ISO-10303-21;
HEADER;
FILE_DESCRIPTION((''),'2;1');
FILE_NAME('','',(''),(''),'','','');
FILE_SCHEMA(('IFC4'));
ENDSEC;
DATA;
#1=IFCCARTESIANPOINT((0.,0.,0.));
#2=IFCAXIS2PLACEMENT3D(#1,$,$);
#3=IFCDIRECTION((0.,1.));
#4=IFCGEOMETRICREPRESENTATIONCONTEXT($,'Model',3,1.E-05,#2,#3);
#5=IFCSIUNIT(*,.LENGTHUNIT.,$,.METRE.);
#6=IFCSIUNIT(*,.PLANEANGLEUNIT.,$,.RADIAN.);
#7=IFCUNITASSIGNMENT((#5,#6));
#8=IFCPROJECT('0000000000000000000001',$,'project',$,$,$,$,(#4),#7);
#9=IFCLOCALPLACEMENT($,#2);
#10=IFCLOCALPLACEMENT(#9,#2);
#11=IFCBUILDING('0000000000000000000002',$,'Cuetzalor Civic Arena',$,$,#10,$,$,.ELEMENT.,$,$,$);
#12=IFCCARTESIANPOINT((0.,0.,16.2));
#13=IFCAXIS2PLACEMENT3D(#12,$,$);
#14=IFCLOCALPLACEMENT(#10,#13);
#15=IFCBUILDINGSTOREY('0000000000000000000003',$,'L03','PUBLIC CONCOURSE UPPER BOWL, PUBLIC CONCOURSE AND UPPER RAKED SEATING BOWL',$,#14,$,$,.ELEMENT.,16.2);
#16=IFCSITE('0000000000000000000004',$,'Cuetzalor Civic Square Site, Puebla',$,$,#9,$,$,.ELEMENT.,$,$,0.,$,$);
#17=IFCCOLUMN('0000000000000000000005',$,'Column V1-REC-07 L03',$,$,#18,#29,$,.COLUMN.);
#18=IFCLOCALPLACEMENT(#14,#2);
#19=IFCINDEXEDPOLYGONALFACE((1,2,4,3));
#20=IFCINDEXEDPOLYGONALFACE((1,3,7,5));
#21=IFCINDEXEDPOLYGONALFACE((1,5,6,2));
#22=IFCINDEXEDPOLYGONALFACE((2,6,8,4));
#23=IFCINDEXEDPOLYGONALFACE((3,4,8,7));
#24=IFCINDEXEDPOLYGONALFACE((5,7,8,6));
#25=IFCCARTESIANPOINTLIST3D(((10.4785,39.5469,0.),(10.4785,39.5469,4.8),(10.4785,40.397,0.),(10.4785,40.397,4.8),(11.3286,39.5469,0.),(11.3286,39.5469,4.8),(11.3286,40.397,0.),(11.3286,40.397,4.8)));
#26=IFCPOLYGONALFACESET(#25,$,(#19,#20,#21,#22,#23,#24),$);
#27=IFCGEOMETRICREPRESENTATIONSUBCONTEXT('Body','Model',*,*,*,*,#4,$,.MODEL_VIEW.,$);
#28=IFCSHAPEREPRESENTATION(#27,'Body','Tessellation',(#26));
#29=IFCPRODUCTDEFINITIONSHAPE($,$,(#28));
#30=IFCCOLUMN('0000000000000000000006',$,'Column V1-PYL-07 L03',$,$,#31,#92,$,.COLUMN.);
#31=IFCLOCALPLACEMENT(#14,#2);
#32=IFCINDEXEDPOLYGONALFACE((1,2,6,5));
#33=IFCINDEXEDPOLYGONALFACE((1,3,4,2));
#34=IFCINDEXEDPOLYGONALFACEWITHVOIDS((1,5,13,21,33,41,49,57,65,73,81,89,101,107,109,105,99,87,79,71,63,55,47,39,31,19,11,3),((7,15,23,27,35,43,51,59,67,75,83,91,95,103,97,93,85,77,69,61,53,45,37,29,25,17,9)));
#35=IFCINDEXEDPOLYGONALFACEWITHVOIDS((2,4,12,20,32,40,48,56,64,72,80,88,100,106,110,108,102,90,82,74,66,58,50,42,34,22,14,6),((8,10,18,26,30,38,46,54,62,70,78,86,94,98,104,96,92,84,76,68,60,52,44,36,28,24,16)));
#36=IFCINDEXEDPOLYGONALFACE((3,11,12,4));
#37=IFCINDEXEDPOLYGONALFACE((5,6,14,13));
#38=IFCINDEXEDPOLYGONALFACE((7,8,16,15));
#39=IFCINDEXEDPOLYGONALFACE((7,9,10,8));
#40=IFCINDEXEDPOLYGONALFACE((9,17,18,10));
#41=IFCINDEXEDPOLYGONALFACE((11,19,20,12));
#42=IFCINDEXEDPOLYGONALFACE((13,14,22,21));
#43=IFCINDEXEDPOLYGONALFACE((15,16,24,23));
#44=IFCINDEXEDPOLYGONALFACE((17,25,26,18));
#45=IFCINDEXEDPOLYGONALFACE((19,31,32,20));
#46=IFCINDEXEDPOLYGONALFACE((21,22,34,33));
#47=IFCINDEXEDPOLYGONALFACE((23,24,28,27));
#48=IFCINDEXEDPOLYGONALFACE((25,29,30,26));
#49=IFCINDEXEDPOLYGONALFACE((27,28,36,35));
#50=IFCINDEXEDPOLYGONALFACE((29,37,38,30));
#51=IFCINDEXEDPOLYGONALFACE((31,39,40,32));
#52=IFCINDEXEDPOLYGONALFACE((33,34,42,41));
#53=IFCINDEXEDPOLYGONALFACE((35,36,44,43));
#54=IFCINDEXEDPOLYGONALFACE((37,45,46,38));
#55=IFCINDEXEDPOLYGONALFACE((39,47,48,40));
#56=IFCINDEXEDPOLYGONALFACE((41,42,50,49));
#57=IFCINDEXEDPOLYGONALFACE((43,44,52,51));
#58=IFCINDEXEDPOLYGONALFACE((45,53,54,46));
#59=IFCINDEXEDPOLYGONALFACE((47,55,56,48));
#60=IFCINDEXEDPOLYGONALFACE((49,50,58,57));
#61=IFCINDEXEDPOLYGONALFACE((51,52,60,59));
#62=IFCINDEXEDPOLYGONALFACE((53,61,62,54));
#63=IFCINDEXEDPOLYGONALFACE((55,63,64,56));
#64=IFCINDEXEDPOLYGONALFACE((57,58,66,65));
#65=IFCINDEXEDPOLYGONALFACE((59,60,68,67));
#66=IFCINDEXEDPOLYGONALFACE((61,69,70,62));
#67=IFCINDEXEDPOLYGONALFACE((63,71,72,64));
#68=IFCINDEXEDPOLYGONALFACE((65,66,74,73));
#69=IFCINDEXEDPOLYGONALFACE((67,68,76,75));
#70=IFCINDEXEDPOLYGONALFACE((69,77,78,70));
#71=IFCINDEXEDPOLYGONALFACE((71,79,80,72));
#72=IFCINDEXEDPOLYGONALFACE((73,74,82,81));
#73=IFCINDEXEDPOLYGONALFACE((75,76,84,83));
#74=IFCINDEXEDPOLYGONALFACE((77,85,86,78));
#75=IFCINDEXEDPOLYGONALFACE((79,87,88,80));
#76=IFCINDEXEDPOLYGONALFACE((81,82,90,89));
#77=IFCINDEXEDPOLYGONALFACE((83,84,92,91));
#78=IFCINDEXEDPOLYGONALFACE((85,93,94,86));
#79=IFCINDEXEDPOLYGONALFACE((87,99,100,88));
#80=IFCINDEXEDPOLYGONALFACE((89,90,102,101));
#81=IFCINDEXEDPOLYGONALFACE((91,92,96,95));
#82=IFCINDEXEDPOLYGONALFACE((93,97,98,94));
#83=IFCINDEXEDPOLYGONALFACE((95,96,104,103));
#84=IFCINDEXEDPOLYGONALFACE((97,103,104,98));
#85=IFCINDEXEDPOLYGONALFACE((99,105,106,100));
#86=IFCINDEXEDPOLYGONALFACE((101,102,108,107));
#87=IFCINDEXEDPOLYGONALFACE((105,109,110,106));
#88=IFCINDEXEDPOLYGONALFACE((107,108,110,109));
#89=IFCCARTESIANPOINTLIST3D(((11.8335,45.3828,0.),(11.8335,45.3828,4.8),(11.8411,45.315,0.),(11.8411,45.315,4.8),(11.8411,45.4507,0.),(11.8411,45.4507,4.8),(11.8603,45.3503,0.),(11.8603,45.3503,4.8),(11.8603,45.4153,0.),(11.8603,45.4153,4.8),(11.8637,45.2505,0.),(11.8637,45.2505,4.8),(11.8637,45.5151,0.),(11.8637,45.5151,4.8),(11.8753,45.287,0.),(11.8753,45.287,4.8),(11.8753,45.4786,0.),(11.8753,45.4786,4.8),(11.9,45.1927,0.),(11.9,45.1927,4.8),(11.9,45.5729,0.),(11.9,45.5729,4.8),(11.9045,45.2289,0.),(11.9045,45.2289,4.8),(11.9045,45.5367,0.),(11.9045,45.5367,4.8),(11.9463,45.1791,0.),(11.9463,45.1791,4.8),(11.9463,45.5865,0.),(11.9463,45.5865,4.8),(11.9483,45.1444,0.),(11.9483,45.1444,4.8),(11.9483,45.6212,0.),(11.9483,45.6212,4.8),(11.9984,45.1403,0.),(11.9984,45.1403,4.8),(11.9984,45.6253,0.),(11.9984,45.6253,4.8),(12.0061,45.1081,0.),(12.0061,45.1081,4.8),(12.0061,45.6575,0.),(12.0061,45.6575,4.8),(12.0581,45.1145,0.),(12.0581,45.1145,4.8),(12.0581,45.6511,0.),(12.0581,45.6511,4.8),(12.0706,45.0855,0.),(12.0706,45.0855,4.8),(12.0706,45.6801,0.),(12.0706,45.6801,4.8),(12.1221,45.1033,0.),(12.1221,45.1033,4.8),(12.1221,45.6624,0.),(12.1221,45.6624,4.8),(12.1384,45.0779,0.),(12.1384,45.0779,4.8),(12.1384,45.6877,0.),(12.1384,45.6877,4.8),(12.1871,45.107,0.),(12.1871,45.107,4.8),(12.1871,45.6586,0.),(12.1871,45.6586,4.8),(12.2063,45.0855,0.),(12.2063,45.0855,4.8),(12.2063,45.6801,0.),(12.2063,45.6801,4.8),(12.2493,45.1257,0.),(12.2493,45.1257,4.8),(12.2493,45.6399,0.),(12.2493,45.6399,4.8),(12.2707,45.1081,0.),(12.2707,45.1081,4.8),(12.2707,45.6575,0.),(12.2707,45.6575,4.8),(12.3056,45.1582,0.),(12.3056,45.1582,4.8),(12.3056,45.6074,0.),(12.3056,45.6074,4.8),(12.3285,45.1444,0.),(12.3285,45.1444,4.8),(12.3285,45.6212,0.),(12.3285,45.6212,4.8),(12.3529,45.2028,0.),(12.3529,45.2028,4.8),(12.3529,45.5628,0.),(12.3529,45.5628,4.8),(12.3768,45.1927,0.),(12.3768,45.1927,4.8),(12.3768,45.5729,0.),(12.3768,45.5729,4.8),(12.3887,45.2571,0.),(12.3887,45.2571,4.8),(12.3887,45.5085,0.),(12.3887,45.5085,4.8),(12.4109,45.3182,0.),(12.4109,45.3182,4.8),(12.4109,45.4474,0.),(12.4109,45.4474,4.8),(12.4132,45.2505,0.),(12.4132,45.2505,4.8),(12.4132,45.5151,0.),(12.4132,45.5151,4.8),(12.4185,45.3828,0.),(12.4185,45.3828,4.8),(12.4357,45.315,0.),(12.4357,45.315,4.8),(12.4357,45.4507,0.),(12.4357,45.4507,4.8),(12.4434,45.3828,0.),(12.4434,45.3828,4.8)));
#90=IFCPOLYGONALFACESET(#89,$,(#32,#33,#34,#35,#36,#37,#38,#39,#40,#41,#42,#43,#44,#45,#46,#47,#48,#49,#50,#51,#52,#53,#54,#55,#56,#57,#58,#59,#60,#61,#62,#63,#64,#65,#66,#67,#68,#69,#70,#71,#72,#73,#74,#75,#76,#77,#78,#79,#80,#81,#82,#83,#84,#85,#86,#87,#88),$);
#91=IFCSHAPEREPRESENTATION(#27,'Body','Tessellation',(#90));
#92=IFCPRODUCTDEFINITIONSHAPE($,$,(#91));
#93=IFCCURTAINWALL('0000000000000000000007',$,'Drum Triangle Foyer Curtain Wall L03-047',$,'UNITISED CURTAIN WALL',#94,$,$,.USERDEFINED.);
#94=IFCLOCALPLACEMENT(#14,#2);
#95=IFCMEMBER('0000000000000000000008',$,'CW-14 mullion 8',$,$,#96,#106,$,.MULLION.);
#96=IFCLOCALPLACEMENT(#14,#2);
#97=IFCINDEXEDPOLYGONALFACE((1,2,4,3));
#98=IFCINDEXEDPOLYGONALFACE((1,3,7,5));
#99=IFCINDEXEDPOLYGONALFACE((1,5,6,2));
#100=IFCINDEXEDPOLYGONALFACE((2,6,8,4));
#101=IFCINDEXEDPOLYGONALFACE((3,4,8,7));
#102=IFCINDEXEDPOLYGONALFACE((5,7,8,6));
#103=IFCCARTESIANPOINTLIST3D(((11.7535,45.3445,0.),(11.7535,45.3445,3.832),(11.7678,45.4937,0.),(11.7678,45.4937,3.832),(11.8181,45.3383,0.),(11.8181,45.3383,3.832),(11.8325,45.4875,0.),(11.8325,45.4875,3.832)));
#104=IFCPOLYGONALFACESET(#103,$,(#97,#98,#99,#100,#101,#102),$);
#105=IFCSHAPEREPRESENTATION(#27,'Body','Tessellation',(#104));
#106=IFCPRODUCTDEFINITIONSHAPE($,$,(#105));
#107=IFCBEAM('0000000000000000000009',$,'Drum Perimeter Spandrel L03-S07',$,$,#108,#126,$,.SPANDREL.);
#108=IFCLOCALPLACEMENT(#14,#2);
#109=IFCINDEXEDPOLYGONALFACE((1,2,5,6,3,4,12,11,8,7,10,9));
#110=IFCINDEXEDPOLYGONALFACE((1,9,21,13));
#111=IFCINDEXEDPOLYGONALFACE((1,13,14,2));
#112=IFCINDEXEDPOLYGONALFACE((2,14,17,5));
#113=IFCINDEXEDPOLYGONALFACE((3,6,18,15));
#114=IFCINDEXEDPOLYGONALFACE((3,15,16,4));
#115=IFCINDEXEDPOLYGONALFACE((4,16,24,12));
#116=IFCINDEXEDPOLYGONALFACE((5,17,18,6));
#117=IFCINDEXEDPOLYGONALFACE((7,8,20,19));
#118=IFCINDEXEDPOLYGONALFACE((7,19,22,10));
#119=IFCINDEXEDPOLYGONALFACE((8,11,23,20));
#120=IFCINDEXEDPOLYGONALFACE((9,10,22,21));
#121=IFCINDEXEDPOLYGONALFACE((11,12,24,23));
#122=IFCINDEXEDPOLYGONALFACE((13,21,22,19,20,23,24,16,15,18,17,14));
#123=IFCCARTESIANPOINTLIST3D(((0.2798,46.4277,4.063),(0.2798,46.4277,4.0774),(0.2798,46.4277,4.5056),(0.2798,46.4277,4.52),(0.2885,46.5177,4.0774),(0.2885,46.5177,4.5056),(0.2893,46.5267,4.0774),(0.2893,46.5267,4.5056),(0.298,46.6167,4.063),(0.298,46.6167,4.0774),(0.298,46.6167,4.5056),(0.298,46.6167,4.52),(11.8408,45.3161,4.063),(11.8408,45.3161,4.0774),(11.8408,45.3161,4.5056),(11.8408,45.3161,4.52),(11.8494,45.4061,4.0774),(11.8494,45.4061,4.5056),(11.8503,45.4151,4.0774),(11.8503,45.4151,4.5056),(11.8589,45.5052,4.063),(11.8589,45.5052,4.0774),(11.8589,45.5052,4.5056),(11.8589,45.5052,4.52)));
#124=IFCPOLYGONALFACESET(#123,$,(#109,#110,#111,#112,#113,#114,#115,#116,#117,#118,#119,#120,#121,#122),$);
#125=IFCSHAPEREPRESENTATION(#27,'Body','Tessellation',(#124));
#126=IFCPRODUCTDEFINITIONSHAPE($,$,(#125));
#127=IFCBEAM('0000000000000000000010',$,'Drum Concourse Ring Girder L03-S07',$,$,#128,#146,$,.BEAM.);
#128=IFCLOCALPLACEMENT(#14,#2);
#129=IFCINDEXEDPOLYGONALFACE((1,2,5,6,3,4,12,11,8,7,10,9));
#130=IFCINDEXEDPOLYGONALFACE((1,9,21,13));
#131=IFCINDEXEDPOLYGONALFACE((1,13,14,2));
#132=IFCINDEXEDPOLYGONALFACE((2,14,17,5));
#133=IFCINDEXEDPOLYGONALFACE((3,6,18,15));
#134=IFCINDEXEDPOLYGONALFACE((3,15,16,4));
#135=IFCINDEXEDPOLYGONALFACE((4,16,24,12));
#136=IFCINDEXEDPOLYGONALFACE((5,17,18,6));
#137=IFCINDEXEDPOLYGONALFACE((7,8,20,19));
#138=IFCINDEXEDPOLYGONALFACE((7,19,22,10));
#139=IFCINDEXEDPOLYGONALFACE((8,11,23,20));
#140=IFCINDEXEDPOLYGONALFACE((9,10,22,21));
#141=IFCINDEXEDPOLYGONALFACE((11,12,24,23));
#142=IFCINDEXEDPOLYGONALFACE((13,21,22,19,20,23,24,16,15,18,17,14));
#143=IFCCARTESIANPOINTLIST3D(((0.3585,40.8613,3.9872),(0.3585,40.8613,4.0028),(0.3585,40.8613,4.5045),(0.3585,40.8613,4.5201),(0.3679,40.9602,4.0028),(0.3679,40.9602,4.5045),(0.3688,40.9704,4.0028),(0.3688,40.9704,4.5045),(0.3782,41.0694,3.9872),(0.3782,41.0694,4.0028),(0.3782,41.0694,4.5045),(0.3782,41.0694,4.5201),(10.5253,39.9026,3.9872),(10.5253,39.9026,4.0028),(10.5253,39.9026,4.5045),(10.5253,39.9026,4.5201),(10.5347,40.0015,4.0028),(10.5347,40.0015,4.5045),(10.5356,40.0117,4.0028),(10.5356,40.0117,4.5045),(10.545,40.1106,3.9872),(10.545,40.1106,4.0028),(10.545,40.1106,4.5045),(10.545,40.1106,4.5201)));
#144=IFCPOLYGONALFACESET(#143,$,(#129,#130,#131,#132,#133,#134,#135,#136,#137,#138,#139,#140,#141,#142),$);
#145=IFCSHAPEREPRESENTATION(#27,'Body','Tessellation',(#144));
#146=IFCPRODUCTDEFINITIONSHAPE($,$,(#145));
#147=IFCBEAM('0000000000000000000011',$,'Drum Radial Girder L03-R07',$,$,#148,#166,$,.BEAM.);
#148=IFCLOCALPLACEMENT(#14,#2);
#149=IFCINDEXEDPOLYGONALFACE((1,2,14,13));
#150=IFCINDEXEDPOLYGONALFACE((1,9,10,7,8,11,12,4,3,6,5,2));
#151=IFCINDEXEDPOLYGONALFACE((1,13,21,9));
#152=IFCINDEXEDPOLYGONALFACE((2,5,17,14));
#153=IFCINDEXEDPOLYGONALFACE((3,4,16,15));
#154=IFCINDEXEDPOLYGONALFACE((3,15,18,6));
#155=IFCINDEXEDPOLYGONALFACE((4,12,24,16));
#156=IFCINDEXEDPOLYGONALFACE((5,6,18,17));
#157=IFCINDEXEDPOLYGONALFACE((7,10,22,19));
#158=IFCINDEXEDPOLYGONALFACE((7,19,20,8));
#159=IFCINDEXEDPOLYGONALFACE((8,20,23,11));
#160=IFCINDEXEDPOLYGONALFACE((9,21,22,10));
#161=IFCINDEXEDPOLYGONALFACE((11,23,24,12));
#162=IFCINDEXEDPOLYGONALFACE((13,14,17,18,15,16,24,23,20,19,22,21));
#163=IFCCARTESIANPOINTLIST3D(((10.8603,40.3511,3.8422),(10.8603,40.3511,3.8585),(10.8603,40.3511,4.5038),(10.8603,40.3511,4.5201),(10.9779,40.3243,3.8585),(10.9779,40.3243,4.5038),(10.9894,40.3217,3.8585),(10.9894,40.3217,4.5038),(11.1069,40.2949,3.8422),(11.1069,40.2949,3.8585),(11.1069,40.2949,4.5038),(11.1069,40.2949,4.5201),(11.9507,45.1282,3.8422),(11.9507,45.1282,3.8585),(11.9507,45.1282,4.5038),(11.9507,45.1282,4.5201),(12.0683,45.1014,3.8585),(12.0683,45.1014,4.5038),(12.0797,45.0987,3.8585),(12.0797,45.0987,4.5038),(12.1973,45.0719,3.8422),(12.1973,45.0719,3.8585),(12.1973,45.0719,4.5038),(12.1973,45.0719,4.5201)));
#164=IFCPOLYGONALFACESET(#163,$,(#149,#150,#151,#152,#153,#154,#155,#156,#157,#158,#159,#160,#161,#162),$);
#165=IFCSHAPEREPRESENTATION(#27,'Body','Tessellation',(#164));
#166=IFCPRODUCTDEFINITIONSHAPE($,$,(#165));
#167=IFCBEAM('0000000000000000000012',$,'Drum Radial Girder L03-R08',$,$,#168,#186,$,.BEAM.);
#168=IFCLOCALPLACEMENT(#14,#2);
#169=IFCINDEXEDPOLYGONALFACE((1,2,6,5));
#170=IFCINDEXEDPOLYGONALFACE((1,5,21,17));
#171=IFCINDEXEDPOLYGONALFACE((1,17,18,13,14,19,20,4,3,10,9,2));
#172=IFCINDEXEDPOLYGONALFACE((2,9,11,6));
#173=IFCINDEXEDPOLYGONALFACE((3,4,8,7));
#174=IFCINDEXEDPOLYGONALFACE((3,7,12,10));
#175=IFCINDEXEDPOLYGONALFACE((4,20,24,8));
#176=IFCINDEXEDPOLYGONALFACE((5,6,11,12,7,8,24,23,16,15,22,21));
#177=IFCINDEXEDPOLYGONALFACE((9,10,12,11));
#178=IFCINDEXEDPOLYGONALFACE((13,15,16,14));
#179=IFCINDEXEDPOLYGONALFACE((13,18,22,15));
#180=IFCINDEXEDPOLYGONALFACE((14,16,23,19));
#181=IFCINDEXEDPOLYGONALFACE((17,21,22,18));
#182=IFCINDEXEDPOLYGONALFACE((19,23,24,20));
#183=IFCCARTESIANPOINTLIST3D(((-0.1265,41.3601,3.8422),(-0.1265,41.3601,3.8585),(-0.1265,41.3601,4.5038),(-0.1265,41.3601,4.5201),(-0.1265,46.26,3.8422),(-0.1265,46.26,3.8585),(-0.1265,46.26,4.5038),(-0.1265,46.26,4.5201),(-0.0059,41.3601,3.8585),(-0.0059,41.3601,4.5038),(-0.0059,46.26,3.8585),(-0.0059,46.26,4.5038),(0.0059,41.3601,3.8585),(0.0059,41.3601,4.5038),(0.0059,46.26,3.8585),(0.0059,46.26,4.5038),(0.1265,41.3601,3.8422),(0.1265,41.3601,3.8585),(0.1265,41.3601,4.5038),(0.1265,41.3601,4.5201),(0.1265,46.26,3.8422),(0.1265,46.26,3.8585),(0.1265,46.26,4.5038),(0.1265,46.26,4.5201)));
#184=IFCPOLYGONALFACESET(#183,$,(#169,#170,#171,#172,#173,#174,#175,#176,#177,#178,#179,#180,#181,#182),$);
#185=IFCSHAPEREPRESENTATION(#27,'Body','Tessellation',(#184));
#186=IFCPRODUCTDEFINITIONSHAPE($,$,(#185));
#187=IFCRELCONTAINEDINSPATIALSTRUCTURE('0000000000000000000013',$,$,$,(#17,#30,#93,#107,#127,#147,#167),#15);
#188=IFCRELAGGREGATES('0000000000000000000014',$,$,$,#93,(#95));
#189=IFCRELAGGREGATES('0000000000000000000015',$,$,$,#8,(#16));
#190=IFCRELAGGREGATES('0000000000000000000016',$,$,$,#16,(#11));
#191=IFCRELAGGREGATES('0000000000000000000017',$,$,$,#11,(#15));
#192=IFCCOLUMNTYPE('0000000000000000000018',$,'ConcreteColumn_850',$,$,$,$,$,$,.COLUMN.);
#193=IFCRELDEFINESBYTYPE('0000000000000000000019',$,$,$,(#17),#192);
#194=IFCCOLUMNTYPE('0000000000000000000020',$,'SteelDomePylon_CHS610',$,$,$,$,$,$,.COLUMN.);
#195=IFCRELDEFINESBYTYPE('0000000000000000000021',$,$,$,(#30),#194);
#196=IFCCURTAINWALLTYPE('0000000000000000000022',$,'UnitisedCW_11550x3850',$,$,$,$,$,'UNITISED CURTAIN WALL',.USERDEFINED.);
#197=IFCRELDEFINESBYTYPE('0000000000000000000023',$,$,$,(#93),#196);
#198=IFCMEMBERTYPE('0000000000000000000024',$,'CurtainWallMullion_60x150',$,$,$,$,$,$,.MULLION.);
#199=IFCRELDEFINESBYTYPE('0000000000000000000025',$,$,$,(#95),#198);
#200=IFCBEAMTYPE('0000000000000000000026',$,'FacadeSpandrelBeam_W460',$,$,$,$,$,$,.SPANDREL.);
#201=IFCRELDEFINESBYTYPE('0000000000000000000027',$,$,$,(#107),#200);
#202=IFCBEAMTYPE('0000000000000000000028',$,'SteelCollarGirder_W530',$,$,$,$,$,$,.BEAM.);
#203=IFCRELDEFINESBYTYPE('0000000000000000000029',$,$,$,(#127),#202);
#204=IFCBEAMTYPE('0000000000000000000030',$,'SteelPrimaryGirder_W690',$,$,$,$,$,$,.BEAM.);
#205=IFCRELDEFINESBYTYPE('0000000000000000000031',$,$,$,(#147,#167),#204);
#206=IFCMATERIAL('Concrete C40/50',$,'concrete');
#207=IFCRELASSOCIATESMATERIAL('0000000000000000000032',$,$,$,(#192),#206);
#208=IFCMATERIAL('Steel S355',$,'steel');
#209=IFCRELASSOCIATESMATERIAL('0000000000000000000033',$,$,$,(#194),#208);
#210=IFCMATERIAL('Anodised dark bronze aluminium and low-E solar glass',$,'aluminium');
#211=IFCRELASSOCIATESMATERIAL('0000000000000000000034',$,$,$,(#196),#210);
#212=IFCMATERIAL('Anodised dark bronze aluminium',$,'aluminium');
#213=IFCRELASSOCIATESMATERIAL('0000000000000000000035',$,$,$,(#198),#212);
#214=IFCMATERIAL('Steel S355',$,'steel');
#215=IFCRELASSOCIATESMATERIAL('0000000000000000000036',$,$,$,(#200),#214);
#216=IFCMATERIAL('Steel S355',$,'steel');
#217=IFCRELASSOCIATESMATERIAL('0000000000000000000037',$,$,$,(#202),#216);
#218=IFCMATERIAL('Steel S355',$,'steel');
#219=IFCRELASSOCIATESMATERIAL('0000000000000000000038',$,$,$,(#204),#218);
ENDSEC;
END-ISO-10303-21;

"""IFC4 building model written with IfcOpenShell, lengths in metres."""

from ifc_helpers import new_model, si_unit, direction, frame, origin, origin_2d, place, context, subcontext, project, spatial, rectangle, hollow_circle, i_section, extrude, material, material_profile, profile_set, type_object, element, aggregate, save


model = new_model("IFC4")

# Units and contexts
model_context = context("Model", 3, precision=1e-05, world=origin(), true_north=direction((0.0, 1.0)))
body_context = subcontext(model_context, "Body", "Model", "MODEL_VIEW")
ifc_project = project(units=[si_unit("LENGTHUNIT", "METRE"), si_unit("PLANEANGLEUNIT", "RADIAN")], contexts=[model_context])

# Site, building, storey
site_placement = place(None, origin())
site = spatial("IfcSite", under=ifc_project, at=site_placement, Name="Cuetzalor Civic Square Site, Puebla", CompositionType="ELEMENT", RefElevation=0.0)
building_placement = place(site_placement, origin())
building = spatial("IfcBuilding", under=site, at=building_placement, Name="Cuetzalor Civic Arena", CompositionType="ELEMENT")
storey_placement = place(building_placement, frame((0.0, 0.0, 16.2)))
storey = spatial("IfcBuildingStorey", under=building, at=storey_placement, Name="L03", Description="PUBLIC CONCOURSE UPPER BOWL, PUBLIC CONCOURSE AND UPPER RAKED SEATING BOWL", CompositionType="ELEMENT", Elevation=16.2)

# Columns
ifc_material_1 = material(Name="Concrete C40/50", Category="concrete")
ifc_material_profile_1 = material_profile(ifc_material_1, rectangle(XDim=0.8501, YDim=0.8501, at=origin_2d()), Name="RC 850x850")
ifc_profile_set_1 = profile_set([ifc_material_profile_1], Name="Concrete C40/50")
column_type_1 = type_object("IfcColumnType", Name="ConcreteColumn_850", PredefinedType="COLUMN", material=ifc_profile_set_1)
column_1_placement = place(storey_placement, frame((10.9036, 39.9719, 0.0), z_axis=(0.0, 0.0, 1.0), x_axis=(1.0, 0.0, 0.0)))
element("IfcColumn", 1, at=column_1_placement, inside=storey, type_object=column_type_1, Name="Column V1-REC-07 L03", PredefinedType="COLUMN", context=body_context, shape_type="SweptSolid", body=[
    extrude(rectangle(XDim=0.8501, YDim=0.8501, at=origin_2d()), origin(), (0.0, 0.0, 1.0), 4.8),
])
ifc_material_2 = material(Name="Steel S355", Category="steel")
ifc_material_profile_2 = material_profile(ifc_material_2, hollow_circle(Radius=0.3049, WallThickness=0.0249, at=origin_2d()), Name="CHS 610x25")
ifc_profile_set_2 = profile_set([ifc_material_profile_2], Name="Steel S355")
column_type_2 = type_object("IfcColumnType", Name="SteelDomePylon_CHS610", PredefinedType="COLUMN", material=ifc_profile_set_2)
column_2_placement = place(storey_placement, frame((12.1384, 45.3828, 0.0), z_axis=(0.0, 0.0, 1.0), x_axis=(1.0, 0.0, 0.0)))
element("IfcColumn", 2, at=column_2_placement, inside=storey, type_object=column_type_2, Name="Column V1-PYL-07 L03", PredefinedType="COLUMN", context=body_context, shape_type="SweptSolid", body=[
    extrude(hollow_circle(Radius=0.3049, WallThickness=0.0249, at=origin_2d()), origin(), (0.0, 0.0, 1.0), 4.8),
])

# Curtain wall, member
ifc_material_3 = material(Name="Anodised dark bronze aluminium and low-E solar glass", Category="aluminium")
curtain_wall_type = type_object("IfcCurtainWallType", Name="UnitisedCW_11550x3850", ElementType="UNITISED CURTAIN WALL", PredefinedType="USERDEFINED", material=ifc_material_3)
curtain_wall_placement = place(storey_placement, origin())
curtain_wall = element("IfcCurtainWall", 3, at=curtain_wall_placement, inside=storey, type_object=curtain_wall_type, Name="Drum Triangle Foyer Curtain Wall L03-047", ObjectType="UNITISED CURTAIN WALL", PredefinedType="USERDEFINED")
ifc_material_4 = material(Name="Anodised dark bronze aluminium", Category="aluminium")
ifc_material_profile_3 = material_profile(ifc_material_4, rectangle(XDim=0.0649, YDim=0.1499, at=origin_2d()), Name="ALU MULLION 65x150")
ifc_profile_set_3 = profile_set([ifc_material_profile_3], Name="Anodised dark bronze aluminium")
member_type = type_object("IfcMemberType", Name="CurtainWallMullion_60x150", PredefinedType="MULLION", material=ifc_profile_set_3)
member_placement = place(storey_placement, frame((11.793, 45.416, 0.0), z_axis=(0.0, 0.0, 1.0), x_axis=(0.995409, -0.095711, 0.0)))
member = element("IfcMember", 4, at=member_placement, type_object=member_type, Name="CW-14 mullion 8", PredefinedType="MULLION", context=body_context, shape_type="SweptSolid", body=[
    extrude(rectangle(XDim=0.0649, YDim=0.1499, at=origin_2d()), origin(), (0.0, 0.0, 1.0), 3.832),
])

# Beams
ifc_material_5 = material(Name="Steel S355", Category="steel")
ifc_material_profile_4 = material_profile(ifc_material_5, i_section(OverallWidth=0.1899, OverallDepth=0.457, WebThickness=0.009, FlangeThickness=0.0144, at=origin_2d()), Name="W460x74")
ifc_profile_set_4 = profile_set([ifc_material_profile_4], Name="Steel S355")
beam_type_1 = type_object("IfcBeamType", Name="FacadeSpandrelBeam_W460", PredefinedType="SPANDREL", material=ifc_profile_set_4)
beam_1_placement = place(storey_placement, frame((11.8499, 45.4106, 4.2915), z_axis=(-0.99541, 0.095707, 0.0), x_axis=(-0.095707, -0.99541, 0.0)))
element("IfcBeam", 5, at=beam_1_placement, inside=storey, type_object=beam_type_1, Name="Drum Perimeter Spandrel L03-S07", PredefinedType="SPANDREL", context=body_context, shape_type="SweptSolid", body=[
    extrude(i_section(OverallWidth=0.1899, OverallDepth=0.457, WebThickness=0.009, FlangeThickness=0.0144, at=origin_2d()), origin(), (0.0, 0.0, 1.0), 11.6143),
])
ifc_material_6 = material(Name="Steel S355", Category="steel")
ifc_material_profile_5 = material_profile(ifc_material_6, i_section(OverallWidth=0.209, OverallDepth=0.533, WebThickness=0.0103, FlangeThickness=0.0156, at=origin_2d()), Name="W530x92")
ifc_profile_set_5 = profile_set([ifc_material_profile_5], Name="Steel S355")
beam_type_2 = type_object("IfcBeamType", Name="SteelCollarGirder_W530", PredefinedType="BEAM", material=ifc_profile_set_5)
beam_2_placement = place(storey_placement, frame((10.5352, 40.0066, 4.2537), z_axis=(-0.995583, 0.093885, 0.0), x_axis=(-0.093885, -0.995583, 0.0)))
element("IfcBeam", 6, at=beam_2_placement, inside=storey, type_object=beam_type_2, Name="Drum Concourse Ring Girder L03-S07", PredefinedType="BEAM", context=body_context, shape_type="SweptSolid", body=[
    extrude(i_section(OverallWidth=0.209, OverallDepth=0.533, WebThickness=0.0103, FlangeThickness=0.0156, at=origin_2d()), origin(), (0.0, 0.0, 1.0), 10.2119),
])
ifc_material_7 = material(Name="Steel S355", Category="steel")
ifc_material_profile_6 = material_profile(ifc_material_7, i_section(OverallWidth=0.2529, OverallDepth=0.678, WebThickness=0.0117, FlangeThickness=0.0164, at=origin_2d()), Name="W690x125")
ifc_profile_set_6 = profile_set([ifc_material_profile_6], Name="Steel S355")
beam_type_3 = type_object("IfcBeamType", Name="SteelPrimaryGirder_W690", PredefinedType="BEAM", material=ifc_profile_set_6)
for number, where, z_axis, x_axis, name in (
    (7, (10.9836, 40.323, 4.1812), (0.222519, 0.974928, 0.0), (-0.974928, 0.222519, 0.0), "Drum Radial Girder L03-R07"),
    (8, (0.0, 41.3601, 4.1812), (0.0, 1.0, 0.0), (-1.0, 0.0, 0.0), "Drum Radial Girder L03-R08"),
):
    element("IfcBeam", number, at=place(storey_placement, frame(where, z_axis=z_axis, x_axis=x_axis)), inside=storey, type_object=beam_type_3, Name=name, PredefinedType="BEAM", context=body_context, shape_type="SweptSolid", body=[
        extrude(i_section(OverallWidth=0.2529, OverallDepth=0.678, WebThickness=0.0117, FlangeThickness=0.0164, at=origin_2d()), origin(), (0.0, 0.0, 1.0), 4.8999),
    ])

aggregate(curtain_wall, [member])

save(model, "model.ifc")
